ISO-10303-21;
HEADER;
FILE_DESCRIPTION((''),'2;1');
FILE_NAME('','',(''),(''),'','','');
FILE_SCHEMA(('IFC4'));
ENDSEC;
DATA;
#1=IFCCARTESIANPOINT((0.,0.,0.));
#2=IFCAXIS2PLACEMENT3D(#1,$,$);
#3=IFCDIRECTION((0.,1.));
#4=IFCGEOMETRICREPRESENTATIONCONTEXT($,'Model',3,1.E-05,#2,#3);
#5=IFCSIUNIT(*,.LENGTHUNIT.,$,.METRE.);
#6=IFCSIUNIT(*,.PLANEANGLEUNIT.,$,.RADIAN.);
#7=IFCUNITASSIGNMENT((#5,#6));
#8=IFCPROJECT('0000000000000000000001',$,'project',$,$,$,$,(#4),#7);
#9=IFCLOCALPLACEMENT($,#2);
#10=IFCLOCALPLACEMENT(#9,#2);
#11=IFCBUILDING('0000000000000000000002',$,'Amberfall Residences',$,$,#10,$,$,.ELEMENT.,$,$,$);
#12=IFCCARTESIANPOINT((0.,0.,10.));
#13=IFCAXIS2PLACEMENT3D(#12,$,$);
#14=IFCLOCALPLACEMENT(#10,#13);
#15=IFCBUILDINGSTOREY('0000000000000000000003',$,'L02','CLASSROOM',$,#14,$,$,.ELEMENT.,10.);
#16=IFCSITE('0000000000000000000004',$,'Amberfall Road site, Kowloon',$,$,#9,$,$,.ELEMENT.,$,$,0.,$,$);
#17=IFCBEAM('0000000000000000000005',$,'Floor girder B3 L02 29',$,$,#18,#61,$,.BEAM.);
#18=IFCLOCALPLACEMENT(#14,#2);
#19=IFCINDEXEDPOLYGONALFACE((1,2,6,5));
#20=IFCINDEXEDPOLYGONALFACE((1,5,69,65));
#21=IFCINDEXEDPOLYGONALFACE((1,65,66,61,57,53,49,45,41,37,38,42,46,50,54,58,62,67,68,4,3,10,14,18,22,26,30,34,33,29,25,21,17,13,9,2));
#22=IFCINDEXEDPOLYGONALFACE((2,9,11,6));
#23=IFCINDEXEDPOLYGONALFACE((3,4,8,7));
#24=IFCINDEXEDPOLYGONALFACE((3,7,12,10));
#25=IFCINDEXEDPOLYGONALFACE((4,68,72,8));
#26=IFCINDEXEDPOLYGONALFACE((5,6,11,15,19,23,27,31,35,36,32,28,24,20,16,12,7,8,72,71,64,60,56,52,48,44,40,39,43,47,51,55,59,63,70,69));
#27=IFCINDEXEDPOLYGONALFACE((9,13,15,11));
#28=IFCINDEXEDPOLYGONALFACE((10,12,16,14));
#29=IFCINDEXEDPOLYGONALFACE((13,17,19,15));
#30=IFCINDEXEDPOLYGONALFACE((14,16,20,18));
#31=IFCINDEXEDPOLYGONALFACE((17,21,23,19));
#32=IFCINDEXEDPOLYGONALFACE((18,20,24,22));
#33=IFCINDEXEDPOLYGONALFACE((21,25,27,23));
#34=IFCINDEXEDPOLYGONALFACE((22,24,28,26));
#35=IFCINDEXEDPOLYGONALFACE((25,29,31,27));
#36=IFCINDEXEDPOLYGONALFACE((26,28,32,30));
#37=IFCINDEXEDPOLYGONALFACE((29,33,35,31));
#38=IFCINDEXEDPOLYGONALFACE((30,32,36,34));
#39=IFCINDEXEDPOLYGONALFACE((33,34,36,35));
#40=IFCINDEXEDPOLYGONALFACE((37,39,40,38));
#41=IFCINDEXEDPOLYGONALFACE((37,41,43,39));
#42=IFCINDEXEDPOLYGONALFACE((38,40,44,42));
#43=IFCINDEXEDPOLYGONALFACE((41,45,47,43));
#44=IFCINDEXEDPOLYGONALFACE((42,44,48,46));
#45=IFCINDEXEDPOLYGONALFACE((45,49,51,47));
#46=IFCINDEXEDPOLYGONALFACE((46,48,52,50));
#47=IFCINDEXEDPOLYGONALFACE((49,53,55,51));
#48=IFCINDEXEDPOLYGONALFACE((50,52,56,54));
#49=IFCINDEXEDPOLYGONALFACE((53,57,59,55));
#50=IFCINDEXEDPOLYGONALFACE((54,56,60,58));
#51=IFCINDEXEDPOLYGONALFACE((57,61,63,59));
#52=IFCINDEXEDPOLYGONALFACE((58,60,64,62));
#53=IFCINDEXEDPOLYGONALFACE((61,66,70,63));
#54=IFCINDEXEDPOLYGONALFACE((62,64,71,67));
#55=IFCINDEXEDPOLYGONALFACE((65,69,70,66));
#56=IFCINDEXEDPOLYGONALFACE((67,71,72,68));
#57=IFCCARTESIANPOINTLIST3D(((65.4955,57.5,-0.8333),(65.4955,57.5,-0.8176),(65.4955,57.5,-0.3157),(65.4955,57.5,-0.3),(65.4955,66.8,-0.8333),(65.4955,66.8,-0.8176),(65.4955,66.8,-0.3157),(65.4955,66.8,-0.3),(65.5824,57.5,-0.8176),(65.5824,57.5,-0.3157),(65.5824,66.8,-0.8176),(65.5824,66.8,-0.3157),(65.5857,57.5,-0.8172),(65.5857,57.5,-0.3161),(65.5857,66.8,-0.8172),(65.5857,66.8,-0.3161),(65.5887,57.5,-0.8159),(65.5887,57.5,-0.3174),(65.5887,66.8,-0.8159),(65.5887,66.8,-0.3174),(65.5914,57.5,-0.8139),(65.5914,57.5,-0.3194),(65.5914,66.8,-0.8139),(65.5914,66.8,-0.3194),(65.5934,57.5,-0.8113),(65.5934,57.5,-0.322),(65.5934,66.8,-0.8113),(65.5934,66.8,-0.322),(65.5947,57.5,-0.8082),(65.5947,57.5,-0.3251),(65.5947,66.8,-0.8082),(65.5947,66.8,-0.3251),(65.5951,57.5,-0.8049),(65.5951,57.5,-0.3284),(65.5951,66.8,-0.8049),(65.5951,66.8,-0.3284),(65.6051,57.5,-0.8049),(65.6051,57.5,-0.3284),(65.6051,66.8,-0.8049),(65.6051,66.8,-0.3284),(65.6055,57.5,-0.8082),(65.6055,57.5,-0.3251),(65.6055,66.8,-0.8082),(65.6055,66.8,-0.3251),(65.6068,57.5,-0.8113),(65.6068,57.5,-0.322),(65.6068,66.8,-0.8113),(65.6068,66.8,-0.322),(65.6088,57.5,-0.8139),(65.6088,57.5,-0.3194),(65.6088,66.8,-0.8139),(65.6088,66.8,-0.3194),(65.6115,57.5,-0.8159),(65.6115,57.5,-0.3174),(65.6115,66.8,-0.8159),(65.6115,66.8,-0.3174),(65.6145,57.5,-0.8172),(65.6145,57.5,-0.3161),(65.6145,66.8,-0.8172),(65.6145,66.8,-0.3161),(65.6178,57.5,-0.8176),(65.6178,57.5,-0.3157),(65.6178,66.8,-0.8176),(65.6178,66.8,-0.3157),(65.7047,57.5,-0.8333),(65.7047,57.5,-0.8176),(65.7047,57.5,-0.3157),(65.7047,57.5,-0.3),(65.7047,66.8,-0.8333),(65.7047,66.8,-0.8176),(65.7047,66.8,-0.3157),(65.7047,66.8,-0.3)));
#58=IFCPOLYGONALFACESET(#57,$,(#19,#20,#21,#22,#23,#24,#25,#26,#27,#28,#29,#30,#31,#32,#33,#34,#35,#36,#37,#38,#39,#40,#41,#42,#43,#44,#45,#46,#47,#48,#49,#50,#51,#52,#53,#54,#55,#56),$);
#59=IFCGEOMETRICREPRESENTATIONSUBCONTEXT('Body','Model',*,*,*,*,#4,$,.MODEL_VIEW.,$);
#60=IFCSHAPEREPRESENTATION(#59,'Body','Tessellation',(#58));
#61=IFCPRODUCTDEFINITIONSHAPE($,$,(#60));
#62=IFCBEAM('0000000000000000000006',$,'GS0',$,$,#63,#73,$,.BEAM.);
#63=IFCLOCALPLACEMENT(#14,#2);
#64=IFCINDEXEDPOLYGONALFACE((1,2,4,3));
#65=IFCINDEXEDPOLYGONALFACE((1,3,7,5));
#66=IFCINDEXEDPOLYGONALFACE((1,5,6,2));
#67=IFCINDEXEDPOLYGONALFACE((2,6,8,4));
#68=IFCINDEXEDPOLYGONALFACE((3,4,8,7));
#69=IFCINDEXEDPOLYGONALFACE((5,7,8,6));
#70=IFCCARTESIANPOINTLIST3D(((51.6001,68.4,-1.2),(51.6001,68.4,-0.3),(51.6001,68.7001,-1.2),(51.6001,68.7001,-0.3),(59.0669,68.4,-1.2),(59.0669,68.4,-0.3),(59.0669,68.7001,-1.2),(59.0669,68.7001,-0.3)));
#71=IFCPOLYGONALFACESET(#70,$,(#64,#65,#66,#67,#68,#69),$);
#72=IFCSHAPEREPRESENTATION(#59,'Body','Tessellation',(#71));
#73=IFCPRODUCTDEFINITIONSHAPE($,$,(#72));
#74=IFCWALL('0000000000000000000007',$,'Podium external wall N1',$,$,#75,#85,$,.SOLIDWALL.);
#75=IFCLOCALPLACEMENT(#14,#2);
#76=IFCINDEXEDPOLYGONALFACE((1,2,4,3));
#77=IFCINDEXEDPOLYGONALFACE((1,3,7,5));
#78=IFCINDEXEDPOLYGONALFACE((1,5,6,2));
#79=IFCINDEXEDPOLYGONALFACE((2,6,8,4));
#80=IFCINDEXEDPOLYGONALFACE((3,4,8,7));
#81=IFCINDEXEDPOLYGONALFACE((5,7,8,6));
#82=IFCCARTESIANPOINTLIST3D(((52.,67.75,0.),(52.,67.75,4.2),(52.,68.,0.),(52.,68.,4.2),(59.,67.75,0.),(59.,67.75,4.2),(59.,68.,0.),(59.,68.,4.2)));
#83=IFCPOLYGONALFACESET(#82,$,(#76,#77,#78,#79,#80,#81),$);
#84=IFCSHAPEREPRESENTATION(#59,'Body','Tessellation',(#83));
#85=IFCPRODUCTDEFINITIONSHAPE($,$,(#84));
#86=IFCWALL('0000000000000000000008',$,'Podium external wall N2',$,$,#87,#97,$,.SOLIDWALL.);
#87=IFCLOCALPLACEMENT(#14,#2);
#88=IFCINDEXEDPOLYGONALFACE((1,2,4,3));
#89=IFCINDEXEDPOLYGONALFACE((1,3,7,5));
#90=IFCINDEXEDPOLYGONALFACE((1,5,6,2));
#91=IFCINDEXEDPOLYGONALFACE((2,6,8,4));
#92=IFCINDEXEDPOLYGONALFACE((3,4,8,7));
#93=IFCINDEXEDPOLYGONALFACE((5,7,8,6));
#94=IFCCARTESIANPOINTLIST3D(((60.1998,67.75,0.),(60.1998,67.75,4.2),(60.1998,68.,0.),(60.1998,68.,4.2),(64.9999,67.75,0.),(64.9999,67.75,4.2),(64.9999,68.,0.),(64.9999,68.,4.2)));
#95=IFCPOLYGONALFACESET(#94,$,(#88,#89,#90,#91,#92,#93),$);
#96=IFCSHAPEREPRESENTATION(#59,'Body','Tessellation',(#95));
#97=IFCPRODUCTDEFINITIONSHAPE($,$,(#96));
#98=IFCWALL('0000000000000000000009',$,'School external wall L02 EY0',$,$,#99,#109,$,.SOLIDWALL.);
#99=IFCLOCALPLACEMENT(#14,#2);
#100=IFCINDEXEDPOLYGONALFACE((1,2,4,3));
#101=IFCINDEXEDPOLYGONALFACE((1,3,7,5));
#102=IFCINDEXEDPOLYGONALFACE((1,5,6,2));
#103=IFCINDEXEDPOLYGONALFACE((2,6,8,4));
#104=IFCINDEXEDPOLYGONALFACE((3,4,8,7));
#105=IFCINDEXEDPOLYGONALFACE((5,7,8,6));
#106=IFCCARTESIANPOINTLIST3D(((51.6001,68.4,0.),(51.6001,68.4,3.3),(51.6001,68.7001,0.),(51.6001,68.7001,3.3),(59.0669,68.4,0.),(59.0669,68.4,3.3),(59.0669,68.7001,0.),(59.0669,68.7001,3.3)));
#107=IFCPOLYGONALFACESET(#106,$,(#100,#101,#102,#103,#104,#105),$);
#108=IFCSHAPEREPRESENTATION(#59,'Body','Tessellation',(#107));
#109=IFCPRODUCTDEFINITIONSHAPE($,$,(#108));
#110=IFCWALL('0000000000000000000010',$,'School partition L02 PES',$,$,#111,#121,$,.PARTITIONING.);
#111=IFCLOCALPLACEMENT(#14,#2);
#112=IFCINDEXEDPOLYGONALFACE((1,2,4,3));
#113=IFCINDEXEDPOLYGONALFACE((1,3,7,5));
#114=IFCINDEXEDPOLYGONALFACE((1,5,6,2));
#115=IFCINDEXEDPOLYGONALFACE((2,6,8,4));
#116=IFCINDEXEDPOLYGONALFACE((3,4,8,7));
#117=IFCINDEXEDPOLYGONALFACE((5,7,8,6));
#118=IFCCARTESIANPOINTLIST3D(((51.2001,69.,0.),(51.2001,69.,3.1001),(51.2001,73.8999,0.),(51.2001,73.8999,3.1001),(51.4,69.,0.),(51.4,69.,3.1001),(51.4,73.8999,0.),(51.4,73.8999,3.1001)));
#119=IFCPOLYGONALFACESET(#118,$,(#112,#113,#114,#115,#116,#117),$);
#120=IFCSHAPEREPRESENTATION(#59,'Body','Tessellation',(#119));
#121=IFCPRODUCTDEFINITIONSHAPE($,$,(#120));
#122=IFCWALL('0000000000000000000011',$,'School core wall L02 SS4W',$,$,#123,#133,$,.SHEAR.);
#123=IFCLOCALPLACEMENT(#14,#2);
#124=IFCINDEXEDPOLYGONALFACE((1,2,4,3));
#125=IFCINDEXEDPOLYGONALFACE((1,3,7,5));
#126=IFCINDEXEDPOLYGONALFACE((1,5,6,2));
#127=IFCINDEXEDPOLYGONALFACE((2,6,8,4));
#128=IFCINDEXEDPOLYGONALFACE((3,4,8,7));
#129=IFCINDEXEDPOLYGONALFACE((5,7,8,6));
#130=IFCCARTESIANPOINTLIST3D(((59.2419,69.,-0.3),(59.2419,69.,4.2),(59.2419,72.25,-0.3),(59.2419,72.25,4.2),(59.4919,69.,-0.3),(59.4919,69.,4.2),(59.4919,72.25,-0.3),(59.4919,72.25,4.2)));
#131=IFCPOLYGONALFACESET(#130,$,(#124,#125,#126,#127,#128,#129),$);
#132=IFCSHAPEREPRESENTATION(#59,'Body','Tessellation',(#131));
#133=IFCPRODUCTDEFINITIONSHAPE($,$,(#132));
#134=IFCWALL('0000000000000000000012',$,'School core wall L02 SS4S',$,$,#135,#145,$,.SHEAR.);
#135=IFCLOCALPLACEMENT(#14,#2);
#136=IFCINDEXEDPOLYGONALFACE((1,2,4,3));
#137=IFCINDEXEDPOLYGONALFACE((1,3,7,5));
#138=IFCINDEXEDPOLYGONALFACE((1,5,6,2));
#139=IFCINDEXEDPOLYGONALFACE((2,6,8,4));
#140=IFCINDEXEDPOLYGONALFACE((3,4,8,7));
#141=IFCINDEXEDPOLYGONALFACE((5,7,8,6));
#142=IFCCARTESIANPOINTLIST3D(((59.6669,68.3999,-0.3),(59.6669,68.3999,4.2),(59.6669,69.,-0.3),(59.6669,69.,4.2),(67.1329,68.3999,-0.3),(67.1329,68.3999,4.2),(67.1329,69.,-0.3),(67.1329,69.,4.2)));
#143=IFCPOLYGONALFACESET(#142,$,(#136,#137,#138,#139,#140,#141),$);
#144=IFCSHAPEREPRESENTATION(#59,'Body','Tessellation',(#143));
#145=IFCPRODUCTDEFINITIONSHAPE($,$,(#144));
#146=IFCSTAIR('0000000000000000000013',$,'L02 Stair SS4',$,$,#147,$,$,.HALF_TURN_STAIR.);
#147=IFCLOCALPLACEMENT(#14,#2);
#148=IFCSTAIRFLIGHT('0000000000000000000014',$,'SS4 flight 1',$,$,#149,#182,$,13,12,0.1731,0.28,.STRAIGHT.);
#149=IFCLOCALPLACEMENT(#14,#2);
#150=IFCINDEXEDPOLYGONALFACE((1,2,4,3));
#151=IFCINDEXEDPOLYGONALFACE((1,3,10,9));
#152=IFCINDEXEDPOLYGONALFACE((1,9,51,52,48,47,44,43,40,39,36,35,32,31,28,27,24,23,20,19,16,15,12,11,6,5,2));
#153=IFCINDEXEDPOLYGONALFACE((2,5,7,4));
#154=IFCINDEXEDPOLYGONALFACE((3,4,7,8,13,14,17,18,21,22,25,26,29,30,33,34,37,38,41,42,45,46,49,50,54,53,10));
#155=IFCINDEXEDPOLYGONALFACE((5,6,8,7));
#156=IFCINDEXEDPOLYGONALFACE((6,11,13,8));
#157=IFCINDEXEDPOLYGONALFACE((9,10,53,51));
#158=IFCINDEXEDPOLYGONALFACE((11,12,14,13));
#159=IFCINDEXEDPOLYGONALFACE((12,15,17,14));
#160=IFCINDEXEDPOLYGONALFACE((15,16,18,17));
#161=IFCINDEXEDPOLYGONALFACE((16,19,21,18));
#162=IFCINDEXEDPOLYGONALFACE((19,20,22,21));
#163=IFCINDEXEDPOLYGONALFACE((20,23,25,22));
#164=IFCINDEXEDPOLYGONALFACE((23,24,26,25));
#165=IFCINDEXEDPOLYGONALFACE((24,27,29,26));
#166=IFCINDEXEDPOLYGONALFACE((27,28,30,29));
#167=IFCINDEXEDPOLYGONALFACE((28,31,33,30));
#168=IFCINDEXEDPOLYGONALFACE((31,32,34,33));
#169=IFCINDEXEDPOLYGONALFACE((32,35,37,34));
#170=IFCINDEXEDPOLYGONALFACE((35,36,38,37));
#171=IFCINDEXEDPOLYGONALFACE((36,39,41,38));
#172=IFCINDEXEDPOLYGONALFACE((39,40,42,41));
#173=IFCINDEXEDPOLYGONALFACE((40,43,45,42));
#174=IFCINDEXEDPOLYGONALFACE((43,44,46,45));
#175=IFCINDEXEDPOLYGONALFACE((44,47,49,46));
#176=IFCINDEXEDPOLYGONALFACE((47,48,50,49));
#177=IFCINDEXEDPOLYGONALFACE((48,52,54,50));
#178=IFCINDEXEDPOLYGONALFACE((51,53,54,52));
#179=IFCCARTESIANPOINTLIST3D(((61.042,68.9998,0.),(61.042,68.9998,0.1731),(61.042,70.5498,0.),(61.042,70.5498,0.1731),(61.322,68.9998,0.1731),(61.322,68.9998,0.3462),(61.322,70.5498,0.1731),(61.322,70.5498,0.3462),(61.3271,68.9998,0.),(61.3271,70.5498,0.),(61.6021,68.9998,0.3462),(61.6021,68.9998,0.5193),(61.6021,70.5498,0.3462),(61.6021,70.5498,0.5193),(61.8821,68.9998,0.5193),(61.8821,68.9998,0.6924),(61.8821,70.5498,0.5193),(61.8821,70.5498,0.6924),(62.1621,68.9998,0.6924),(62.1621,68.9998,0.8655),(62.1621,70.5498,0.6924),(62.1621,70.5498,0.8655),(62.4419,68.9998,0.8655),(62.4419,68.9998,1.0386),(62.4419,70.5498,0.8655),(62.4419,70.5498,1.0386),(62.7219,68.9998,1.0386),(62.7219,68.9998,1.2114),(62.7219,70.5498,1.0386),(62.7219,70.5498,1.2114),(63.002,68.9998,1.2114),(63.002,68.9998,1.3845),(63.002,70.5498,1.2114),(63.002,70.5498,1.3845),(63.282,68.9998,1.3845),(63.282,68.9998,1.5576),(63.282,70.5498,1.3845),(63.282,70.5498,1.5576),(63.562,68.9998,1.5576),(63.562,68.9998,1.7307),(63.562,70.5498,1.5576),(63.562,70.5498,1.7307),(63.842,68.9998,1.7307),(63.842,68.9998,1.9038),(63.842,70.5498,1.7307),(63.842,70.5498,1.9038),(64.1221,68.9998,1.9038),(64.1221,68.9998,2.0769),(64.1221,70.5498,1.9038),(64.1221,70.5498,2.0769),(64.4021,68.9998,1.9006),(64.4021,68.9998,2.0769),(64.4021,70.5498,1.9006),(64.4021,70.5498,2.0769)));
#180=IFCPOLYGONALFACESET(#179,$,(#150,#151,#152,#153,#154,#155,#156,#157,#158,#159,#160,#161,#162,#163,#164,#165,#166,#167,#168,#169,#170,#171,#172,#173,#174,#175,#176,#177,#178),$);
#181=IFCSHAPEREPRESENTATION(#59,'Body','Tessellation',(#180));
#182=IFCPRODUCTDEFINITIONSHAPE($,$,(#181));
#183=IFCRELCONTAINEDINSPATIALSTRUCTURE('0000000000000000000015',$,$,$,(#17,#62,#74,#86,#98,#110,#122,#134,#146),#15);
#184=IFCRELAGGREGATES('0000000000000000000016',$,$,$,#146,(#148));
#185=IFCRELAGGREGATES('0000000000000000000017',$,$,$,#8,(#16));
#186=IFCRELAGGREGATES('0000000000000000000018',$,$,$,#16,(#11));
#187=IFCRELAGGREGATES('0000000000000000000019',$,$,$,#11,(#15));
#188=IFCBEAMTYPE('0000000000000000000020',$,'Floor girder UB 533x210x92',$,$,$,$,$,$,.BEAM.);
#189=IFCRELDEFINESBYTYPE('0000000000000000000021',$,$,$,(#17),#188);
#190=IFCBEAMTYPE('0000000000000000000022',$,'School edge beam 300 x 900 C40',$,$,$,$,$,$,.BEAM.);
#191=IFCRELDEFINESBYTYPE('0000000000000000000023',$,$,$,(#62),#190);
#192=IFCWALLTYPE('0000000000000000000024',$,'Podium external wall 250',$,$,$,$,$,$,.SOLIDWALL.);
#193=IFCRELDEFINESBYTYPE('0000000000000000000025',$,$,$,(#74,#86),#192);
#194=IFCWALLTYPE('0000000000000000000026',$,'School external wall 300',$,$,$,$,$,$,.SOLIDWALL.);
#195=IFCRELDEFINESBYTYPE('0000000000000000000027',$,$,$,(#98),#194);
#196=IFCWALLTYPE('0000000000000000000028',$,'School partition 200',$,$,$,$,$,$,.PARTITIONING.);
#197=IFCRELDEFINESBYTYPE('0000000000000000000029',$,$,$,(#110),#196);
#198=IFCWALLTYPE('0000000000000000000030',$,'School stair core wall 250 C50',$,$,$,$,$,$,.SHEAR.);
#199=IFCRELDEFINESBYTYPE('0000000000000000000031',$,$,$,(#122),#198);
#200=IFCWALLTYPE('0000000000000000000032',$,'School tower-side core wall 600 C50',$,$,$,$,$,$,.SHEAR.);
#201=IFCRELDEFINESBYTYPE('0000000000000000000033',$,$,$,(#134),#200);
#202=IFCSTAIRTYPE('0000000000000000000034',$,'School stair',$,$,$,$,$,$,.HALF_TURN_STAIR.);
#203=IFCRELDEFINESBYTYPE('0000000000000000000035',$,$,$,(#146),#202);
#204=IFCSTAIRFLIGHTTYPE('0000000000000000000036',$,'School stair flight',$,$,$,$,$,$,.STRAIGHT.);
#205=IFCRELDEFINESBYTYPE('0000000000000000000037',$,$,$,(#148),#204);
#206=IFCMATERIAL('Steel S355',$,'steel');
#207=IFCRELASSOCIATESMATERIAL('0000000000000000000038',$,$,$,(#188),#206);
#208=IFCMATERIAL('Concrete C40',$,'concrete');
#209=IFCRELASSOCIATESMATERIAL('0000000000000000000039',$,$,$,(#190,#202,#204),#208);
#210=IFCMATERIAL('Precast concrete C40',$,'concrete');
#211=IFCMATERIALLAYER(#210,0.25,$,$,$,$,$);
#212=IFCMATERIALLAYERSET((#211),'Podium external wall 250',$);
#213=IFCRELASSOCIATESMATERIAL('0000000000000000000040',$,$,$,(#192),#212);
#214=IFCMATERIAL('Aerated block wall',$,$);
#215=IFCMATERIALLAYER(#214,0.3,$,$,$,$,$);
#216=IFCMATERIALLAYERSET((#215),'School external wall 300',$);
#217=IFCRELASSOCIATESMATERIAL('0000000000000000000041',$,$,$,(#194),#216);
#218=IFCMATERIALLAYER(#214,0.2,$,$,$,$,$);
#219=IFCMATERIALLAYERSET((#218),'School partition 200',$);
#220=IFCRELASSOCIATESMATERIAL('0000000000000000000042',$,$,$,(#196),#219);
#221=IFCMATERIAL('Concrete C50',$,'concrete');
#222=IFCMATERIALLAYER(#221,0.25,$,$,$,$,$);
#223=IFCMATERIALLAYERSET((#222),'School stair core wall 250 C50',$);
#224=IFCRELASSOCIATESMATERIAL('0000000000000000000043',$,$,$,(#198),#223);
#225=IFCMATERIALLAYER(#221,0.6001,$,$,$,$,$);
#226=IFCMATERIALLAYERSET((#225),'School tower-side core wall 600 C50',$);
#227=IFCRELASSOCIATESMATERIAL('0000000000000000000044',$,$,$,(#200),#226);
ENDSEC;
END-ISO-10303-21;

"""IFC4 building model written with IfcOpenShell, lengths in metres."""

from ifc_helpers import new_model, si_unit, direction, frame, frame_2d, origin, origin_2d, place, context, subcontext, project, spatial, polyline, rectangle, i_section, outline, extrude, material, layer, layer_set, material_profile, profile_set, type_object, element, aggregate, save


model = new_model("IFC4")

# Units and contexts
model_context = context("Model", 3, precision=1e-05, world=origin(), true_north=direction((0.0, 1.0)))
body_context = subcontext(model_context, "Body", "Model", "MODEL_VIEW")
ifc_project = project(units=[si_unit("LENGTHUNIT", "METRE"), si_unit("PLANEANGLEUNIT", "RADIAN")], contexts=[model_context])

# Site, building, storey
site_placement = place(None, origin())
site = spatial("IfcSite", under=ifc_project, at=site_placement, Name="Amberfall Road site, Kowloon", CompositionType="ELEMENT", RefElevation=0.0)
building_placement = place(site_placement, origin())
building = spatial("IfcBuilding", under=site, at=building_placement, Name="Amberfall Residences", CompositionType="ELEMENT")
storey_placement = place(building_placement, frame((0.0, 0.0, 10.0)))
storey = spatial("IfcBuildingStorey", under=building, at=storey_placement, Name="L02", Description="CLASSROOM", CompositionType="ELEMENT", Elevation=10.0)

# Shared definitions
ifc_material_1 = material(Name="Concrete C40", Category="concrete")

# Beams
ifc_material_2 = material(Name="Steel S355", Category="steel")
ifc_material_profile_1 = material_profile(ifc_material_2, i_section(OverallWidth=0.2092, OverallDepth=0.5332, WebThickness=0.01, FlangeThickness=0.0156, FilletRadius=0.0127, at=origin_2d()), Name="UB 533x210x92")
ifc_profile_set_1 = profile_set([ifc_material_profile_1], Name="Steel S355")
beam_type_1 = type_object("IfcBeamType", Name="Floor girder UB 533x210x92", PredefinedType="BEAM", material=ifc_profile_set_1)
beam_1_placement = place(storey_placement, frame((65.6001, 66.8, -0.5667), z_axis=(0.0, -1.0, 0.0), x_axis=(1.0, 0.0, 0.0)))
element("IfcBeam", 1, at=beam_1_placement, inside=storey, type_object=beam_type_1, Name="Floor girder B3 L02 29", PredefinedType="BEAM", context=body_context, shape_type="SweptSolid", body=[
    extrude(i_section(OverallWidth=0.2092, OverallDepth=0.5332, WebThickness=0.01, FlangeThickness=0.0156, FilletRadius=0.0127, at=origin_2d()), origin(), (0.0, 0.0, 1.0), 9.3),
])
ifc_material_profile_2 = material_profile(ifc_material_1, rectangle(XDim=0.3, YDim=0.8999, at=origin_2d()), Name="School edge beam 300 x 900 C40")
ifc_profile_set_2 = profile_set([ifc_material_profile_2], Name="Concrete C40")
beam_type_2 = type_object("IfcBeamType", Name="School edge beam 300 x 900 C40", PredefinedType="BEAM", material=ifc_profile_set_2)
beam_2_placement = place(storey_placement, frame((51.6001, 68.55, -0.75), z_axis=(1.0, 0.0, 0.0), x_axis=(0.0, 1.0, 0.0)))
element("IfcBeam", 2, at=beam_2_placement, inside=storey, type_object=beam_type_2, Name="GS0", PredefinedType="BEAM", context=body_context, shape_type="SweptSolid", body=[
    extrude(rectangle(XDim=0.3, YDim=0.8999, at=origin_2d()), origin(), (0.0, 0.0, 1.0), 7.4668),
])

# Walls
ifc_material_3 = material(Name="Precast concrete C40", Category="concrete")
ifc_layer_1 = layer(ifc_material_3, 0.25)
ifc_layer_set_1 = layer_set([ifc_layer_1], Name="Podium external wall 250")
wall_type_1 = type_object("IfcWallType", Name="Podium external wall 250", PredefinedType="SOLIDWALL", material=ifc_layer_set_1)
wall_1_placement = place(storey_placement, frame((52.0, 67.875, 0.0), z_axis=(0.0, 0.0, 1.0), x_axis=(1.0, 0.0, 0.0)))
element("IfcWall", 3, at=wall_1_placement, inside=storey, type_object=wall_type_1, Name="Podium external wall N1", PredefinedType="SOLIDWALL", context=body_context, shape_type="SweptSolid", body=[
    extrude(rectangle(XDim=7.0, YDim=0.25, at=frame_2d((3.5, 0.0))), origin(), (0.0, 0.0, 1.0), 4.2),
])
wall_2_placement = place(storey_placement, frame((60.2, 67.875, 0.0), z_axis=(0.0, 0.0, 1.0), x_axis=(1.0, 0.0, 0.0)))
element("IfcWall", 4, at=wall_2_placement, inside=storey, type_object=wall_type_1, Name="Podium external wall N2", PredefinedType="SOLIDWALL", context=body_context, shape_type="SweptSolid", body=[
    extrude(rectangle(XDim=4.8, YDim=0.25, at=frame_2d((2.3999, 0.0))), origin(), (0.0, 0.0, 1.0), 4.2),
])
ifc_material_4 = material(Name="Aerated block wall")
ifc_layer_2 = layer(ifc_material_4, 0.3)
ifc_layer_set_2 = layer_set([ifc_layer_2], Name="School external wall 300")
wall_type_2 = type_object("IfcWallType", Name="School external wall 300", PredefinedType="SOLIDWALL", material=ifc_layer_set_2)
wall_3_placement = place(storey_placement, frame((51.6001, 68.55, 0.0), z_axis=(0.0, 0.0, 1.0), x_axis=(1.0, 0.0, 0.0)))
element("IfcWall", 5, at=wall_3_placement, inside=storey, type_object=wall_type_2, Name="School external wall L02 EY0", PredefinedType="SOLIDWALL", context=body_context, shape_type="SweptSolid", body=[
    extrude(rectangle(XDim=7.4668, YDim=0.3, at=frame_2d((3.7334, 0.0))), origin(), (0.0, 0.0, 1.0), 3.3),
])
ifc_layer_3 = layer(ifc_material_4, 0.2)
ifc_layer_set_3 = layer_set([ifc_layer_3], Name="School partition 200")
wall_type_3 = type_object("IfcWallType", Name="School partition 200", PredefinedType="PARTITIONING", material=ifc_layer_set_3)
wall_4_placement = place(storey_placement, frame((51.3, 69.0, 0.0), z_axis=(0.0, 0.0, 1.0), x_axis=(0.0, 1.0, 0.0)))
element("IfcWall", 6, at=wall_4_placement, inside=storey, type_object=wall_type_3, Name="School partition L02 PES", PredefinedType="PARTITIONING", context=body_context, shape_type="SweptSolid", body=[
    extrude(rectangle(XDim=4.8999, YDim=0.2, at=frame_2d((2.45, 0.0))), origin(), (0.0, 0.0, 1.0), 3.1001),
])
ifc_material_5 = material(Name="Concrete C50", Category="concrete")
ifc_layer_4 = layer(ifc_material_5, 0.25)
ifc_layer_set_4 = layer_set([ifc_layer_4], Name="School stair core wall 250 C50")
wall_type_4 = type_object("IfcWallType", Name="School stair core wall 250 C50", PredefinedType="SHEAR", material=ifc_layer_set_4)
wall_5_placement = place(storey_placement, frame((59.3669, 69.0, -0.3), z_axis=(0.0, 0.0, 1.0), x_axis=(0.0, 1.0, 0.0)))
element("IfcWall", 7, at=wall_5_placement, inside=storey, type_object=wall_type_4, Name="School core wall L02 SS4W", PredefinedType="SHEAR", context=body_context, shape_type="SweptSolid", body=[
    extrude(rectangle(XDim=3.25, YDim=0.25, at=frame_2d((1.625, 0.0))), origin(), (0.0, 0.0, 1.0), 4.5),
])
ifc_layer_5 = layer(ifc_material_5, 0.6001)
ifc_layer_set_5 = layer_set([ifc_layer_5], Name="School tower-side core wall 600 C50")
wall_type_5 = type_object("IfcWallType", Name="School tower-side core wall 600 C50", PredefinedType="SHEAR", material=ifc_layer_set_5)
wall_6_placement = place(storey_placement, frame((59.667, 68.7, -0.3), z_axis=(0.0, 0.0, 1.0), x_axis=(1.0, 0.0, 0.0)))
element("IfcWall", 8, at=wall_6_placement, inside=storey, type_object=wall_type_5, Name="School core wall L02 SS4S", PredefinedType="SHEAR", context=body_context, shape_type="SweptSolid", body=[
    extrude(rectangle(XDim=7.4661, YDim=0.6001, at=frame_2d((3.7329, 0.0))), origin(), (0.0, 0.0, 1.0), 4.5),
])

# Stair, stair flight
stair_type = type_object("IfcStairType", Name="School stair", PredefinedType="HALF_TURN_STAIR", material=ifc_material_1)
stair_placement = place(storey_placement, origin())
stair = element("IfcStair", 9, at=stair_placement, inside=storey, type_object=stair_type, Name="L02 Stair SS4", PredefinedType="HALF_TURN_STAIR")
stair_flight_type = type_object("IfcStairFlightType", Name="School stair flight", PredefinedType="STRAIGHT", material=ifc_material_1)
stair_flight_placement = place(storey_placement, frame((61.042, 69.7749, 0.0), z_axis=(0.0, 0.0, 1.0), x_axis=(1.0, 0.0, 0.0)))
stair_flight = element("IfcStairFlight", 10, at=stair_flight_placement, type_object=stair_flight_type, Name="SS4 flight 1", NumberOfRisers=13, NumberOfTreads=12, PredefinedType="STRAIGHT", RiserHeight=0.1731, TreadLength=0.28, context=body_context, shape_type="SweptSolid", body=[
    extrude(outline(polyline([(0.0, 0.0), (0.0, 0.1731), (0.28, 0.1731), (0.28, 0.3462), (0.5601, 0.3462), (0.5601, 0.5193), (0.8401, 0.5193), (0.8401, 0.6924), (1.1201, 0.6924), (1.1201, 0.8655), (1.3999, 0.8655), (1.3999, 1.0386), (1.6799, 1.0386), (1.6799, 1.2114), (1.96, 1.2114), (1.96, 1.3845), (2.24, 1.3845), (2.24, 1.5576), (2.52, 1.5576), (2.52, 1.7307), (2.8, 1.7307), (2.8, 1.9038), (3.0801, 1.9038), (3.0801, 2.0769), (3.3601, 2.0769), (3.3601, 2.25), (3.3601, 1.9006), (0.2852, 0.0), (0.0, 0.0)])), frame((0.0, 0.7749, 0.0), z_axis=(0.0, -1.0, 0.0), x_axis=(1.0, 0.0, 0.0)), (0.0, 0.0, 1.0), 1.55),
])
aggregate(stair, [stair_flight])

save(model, "model.ifc")
